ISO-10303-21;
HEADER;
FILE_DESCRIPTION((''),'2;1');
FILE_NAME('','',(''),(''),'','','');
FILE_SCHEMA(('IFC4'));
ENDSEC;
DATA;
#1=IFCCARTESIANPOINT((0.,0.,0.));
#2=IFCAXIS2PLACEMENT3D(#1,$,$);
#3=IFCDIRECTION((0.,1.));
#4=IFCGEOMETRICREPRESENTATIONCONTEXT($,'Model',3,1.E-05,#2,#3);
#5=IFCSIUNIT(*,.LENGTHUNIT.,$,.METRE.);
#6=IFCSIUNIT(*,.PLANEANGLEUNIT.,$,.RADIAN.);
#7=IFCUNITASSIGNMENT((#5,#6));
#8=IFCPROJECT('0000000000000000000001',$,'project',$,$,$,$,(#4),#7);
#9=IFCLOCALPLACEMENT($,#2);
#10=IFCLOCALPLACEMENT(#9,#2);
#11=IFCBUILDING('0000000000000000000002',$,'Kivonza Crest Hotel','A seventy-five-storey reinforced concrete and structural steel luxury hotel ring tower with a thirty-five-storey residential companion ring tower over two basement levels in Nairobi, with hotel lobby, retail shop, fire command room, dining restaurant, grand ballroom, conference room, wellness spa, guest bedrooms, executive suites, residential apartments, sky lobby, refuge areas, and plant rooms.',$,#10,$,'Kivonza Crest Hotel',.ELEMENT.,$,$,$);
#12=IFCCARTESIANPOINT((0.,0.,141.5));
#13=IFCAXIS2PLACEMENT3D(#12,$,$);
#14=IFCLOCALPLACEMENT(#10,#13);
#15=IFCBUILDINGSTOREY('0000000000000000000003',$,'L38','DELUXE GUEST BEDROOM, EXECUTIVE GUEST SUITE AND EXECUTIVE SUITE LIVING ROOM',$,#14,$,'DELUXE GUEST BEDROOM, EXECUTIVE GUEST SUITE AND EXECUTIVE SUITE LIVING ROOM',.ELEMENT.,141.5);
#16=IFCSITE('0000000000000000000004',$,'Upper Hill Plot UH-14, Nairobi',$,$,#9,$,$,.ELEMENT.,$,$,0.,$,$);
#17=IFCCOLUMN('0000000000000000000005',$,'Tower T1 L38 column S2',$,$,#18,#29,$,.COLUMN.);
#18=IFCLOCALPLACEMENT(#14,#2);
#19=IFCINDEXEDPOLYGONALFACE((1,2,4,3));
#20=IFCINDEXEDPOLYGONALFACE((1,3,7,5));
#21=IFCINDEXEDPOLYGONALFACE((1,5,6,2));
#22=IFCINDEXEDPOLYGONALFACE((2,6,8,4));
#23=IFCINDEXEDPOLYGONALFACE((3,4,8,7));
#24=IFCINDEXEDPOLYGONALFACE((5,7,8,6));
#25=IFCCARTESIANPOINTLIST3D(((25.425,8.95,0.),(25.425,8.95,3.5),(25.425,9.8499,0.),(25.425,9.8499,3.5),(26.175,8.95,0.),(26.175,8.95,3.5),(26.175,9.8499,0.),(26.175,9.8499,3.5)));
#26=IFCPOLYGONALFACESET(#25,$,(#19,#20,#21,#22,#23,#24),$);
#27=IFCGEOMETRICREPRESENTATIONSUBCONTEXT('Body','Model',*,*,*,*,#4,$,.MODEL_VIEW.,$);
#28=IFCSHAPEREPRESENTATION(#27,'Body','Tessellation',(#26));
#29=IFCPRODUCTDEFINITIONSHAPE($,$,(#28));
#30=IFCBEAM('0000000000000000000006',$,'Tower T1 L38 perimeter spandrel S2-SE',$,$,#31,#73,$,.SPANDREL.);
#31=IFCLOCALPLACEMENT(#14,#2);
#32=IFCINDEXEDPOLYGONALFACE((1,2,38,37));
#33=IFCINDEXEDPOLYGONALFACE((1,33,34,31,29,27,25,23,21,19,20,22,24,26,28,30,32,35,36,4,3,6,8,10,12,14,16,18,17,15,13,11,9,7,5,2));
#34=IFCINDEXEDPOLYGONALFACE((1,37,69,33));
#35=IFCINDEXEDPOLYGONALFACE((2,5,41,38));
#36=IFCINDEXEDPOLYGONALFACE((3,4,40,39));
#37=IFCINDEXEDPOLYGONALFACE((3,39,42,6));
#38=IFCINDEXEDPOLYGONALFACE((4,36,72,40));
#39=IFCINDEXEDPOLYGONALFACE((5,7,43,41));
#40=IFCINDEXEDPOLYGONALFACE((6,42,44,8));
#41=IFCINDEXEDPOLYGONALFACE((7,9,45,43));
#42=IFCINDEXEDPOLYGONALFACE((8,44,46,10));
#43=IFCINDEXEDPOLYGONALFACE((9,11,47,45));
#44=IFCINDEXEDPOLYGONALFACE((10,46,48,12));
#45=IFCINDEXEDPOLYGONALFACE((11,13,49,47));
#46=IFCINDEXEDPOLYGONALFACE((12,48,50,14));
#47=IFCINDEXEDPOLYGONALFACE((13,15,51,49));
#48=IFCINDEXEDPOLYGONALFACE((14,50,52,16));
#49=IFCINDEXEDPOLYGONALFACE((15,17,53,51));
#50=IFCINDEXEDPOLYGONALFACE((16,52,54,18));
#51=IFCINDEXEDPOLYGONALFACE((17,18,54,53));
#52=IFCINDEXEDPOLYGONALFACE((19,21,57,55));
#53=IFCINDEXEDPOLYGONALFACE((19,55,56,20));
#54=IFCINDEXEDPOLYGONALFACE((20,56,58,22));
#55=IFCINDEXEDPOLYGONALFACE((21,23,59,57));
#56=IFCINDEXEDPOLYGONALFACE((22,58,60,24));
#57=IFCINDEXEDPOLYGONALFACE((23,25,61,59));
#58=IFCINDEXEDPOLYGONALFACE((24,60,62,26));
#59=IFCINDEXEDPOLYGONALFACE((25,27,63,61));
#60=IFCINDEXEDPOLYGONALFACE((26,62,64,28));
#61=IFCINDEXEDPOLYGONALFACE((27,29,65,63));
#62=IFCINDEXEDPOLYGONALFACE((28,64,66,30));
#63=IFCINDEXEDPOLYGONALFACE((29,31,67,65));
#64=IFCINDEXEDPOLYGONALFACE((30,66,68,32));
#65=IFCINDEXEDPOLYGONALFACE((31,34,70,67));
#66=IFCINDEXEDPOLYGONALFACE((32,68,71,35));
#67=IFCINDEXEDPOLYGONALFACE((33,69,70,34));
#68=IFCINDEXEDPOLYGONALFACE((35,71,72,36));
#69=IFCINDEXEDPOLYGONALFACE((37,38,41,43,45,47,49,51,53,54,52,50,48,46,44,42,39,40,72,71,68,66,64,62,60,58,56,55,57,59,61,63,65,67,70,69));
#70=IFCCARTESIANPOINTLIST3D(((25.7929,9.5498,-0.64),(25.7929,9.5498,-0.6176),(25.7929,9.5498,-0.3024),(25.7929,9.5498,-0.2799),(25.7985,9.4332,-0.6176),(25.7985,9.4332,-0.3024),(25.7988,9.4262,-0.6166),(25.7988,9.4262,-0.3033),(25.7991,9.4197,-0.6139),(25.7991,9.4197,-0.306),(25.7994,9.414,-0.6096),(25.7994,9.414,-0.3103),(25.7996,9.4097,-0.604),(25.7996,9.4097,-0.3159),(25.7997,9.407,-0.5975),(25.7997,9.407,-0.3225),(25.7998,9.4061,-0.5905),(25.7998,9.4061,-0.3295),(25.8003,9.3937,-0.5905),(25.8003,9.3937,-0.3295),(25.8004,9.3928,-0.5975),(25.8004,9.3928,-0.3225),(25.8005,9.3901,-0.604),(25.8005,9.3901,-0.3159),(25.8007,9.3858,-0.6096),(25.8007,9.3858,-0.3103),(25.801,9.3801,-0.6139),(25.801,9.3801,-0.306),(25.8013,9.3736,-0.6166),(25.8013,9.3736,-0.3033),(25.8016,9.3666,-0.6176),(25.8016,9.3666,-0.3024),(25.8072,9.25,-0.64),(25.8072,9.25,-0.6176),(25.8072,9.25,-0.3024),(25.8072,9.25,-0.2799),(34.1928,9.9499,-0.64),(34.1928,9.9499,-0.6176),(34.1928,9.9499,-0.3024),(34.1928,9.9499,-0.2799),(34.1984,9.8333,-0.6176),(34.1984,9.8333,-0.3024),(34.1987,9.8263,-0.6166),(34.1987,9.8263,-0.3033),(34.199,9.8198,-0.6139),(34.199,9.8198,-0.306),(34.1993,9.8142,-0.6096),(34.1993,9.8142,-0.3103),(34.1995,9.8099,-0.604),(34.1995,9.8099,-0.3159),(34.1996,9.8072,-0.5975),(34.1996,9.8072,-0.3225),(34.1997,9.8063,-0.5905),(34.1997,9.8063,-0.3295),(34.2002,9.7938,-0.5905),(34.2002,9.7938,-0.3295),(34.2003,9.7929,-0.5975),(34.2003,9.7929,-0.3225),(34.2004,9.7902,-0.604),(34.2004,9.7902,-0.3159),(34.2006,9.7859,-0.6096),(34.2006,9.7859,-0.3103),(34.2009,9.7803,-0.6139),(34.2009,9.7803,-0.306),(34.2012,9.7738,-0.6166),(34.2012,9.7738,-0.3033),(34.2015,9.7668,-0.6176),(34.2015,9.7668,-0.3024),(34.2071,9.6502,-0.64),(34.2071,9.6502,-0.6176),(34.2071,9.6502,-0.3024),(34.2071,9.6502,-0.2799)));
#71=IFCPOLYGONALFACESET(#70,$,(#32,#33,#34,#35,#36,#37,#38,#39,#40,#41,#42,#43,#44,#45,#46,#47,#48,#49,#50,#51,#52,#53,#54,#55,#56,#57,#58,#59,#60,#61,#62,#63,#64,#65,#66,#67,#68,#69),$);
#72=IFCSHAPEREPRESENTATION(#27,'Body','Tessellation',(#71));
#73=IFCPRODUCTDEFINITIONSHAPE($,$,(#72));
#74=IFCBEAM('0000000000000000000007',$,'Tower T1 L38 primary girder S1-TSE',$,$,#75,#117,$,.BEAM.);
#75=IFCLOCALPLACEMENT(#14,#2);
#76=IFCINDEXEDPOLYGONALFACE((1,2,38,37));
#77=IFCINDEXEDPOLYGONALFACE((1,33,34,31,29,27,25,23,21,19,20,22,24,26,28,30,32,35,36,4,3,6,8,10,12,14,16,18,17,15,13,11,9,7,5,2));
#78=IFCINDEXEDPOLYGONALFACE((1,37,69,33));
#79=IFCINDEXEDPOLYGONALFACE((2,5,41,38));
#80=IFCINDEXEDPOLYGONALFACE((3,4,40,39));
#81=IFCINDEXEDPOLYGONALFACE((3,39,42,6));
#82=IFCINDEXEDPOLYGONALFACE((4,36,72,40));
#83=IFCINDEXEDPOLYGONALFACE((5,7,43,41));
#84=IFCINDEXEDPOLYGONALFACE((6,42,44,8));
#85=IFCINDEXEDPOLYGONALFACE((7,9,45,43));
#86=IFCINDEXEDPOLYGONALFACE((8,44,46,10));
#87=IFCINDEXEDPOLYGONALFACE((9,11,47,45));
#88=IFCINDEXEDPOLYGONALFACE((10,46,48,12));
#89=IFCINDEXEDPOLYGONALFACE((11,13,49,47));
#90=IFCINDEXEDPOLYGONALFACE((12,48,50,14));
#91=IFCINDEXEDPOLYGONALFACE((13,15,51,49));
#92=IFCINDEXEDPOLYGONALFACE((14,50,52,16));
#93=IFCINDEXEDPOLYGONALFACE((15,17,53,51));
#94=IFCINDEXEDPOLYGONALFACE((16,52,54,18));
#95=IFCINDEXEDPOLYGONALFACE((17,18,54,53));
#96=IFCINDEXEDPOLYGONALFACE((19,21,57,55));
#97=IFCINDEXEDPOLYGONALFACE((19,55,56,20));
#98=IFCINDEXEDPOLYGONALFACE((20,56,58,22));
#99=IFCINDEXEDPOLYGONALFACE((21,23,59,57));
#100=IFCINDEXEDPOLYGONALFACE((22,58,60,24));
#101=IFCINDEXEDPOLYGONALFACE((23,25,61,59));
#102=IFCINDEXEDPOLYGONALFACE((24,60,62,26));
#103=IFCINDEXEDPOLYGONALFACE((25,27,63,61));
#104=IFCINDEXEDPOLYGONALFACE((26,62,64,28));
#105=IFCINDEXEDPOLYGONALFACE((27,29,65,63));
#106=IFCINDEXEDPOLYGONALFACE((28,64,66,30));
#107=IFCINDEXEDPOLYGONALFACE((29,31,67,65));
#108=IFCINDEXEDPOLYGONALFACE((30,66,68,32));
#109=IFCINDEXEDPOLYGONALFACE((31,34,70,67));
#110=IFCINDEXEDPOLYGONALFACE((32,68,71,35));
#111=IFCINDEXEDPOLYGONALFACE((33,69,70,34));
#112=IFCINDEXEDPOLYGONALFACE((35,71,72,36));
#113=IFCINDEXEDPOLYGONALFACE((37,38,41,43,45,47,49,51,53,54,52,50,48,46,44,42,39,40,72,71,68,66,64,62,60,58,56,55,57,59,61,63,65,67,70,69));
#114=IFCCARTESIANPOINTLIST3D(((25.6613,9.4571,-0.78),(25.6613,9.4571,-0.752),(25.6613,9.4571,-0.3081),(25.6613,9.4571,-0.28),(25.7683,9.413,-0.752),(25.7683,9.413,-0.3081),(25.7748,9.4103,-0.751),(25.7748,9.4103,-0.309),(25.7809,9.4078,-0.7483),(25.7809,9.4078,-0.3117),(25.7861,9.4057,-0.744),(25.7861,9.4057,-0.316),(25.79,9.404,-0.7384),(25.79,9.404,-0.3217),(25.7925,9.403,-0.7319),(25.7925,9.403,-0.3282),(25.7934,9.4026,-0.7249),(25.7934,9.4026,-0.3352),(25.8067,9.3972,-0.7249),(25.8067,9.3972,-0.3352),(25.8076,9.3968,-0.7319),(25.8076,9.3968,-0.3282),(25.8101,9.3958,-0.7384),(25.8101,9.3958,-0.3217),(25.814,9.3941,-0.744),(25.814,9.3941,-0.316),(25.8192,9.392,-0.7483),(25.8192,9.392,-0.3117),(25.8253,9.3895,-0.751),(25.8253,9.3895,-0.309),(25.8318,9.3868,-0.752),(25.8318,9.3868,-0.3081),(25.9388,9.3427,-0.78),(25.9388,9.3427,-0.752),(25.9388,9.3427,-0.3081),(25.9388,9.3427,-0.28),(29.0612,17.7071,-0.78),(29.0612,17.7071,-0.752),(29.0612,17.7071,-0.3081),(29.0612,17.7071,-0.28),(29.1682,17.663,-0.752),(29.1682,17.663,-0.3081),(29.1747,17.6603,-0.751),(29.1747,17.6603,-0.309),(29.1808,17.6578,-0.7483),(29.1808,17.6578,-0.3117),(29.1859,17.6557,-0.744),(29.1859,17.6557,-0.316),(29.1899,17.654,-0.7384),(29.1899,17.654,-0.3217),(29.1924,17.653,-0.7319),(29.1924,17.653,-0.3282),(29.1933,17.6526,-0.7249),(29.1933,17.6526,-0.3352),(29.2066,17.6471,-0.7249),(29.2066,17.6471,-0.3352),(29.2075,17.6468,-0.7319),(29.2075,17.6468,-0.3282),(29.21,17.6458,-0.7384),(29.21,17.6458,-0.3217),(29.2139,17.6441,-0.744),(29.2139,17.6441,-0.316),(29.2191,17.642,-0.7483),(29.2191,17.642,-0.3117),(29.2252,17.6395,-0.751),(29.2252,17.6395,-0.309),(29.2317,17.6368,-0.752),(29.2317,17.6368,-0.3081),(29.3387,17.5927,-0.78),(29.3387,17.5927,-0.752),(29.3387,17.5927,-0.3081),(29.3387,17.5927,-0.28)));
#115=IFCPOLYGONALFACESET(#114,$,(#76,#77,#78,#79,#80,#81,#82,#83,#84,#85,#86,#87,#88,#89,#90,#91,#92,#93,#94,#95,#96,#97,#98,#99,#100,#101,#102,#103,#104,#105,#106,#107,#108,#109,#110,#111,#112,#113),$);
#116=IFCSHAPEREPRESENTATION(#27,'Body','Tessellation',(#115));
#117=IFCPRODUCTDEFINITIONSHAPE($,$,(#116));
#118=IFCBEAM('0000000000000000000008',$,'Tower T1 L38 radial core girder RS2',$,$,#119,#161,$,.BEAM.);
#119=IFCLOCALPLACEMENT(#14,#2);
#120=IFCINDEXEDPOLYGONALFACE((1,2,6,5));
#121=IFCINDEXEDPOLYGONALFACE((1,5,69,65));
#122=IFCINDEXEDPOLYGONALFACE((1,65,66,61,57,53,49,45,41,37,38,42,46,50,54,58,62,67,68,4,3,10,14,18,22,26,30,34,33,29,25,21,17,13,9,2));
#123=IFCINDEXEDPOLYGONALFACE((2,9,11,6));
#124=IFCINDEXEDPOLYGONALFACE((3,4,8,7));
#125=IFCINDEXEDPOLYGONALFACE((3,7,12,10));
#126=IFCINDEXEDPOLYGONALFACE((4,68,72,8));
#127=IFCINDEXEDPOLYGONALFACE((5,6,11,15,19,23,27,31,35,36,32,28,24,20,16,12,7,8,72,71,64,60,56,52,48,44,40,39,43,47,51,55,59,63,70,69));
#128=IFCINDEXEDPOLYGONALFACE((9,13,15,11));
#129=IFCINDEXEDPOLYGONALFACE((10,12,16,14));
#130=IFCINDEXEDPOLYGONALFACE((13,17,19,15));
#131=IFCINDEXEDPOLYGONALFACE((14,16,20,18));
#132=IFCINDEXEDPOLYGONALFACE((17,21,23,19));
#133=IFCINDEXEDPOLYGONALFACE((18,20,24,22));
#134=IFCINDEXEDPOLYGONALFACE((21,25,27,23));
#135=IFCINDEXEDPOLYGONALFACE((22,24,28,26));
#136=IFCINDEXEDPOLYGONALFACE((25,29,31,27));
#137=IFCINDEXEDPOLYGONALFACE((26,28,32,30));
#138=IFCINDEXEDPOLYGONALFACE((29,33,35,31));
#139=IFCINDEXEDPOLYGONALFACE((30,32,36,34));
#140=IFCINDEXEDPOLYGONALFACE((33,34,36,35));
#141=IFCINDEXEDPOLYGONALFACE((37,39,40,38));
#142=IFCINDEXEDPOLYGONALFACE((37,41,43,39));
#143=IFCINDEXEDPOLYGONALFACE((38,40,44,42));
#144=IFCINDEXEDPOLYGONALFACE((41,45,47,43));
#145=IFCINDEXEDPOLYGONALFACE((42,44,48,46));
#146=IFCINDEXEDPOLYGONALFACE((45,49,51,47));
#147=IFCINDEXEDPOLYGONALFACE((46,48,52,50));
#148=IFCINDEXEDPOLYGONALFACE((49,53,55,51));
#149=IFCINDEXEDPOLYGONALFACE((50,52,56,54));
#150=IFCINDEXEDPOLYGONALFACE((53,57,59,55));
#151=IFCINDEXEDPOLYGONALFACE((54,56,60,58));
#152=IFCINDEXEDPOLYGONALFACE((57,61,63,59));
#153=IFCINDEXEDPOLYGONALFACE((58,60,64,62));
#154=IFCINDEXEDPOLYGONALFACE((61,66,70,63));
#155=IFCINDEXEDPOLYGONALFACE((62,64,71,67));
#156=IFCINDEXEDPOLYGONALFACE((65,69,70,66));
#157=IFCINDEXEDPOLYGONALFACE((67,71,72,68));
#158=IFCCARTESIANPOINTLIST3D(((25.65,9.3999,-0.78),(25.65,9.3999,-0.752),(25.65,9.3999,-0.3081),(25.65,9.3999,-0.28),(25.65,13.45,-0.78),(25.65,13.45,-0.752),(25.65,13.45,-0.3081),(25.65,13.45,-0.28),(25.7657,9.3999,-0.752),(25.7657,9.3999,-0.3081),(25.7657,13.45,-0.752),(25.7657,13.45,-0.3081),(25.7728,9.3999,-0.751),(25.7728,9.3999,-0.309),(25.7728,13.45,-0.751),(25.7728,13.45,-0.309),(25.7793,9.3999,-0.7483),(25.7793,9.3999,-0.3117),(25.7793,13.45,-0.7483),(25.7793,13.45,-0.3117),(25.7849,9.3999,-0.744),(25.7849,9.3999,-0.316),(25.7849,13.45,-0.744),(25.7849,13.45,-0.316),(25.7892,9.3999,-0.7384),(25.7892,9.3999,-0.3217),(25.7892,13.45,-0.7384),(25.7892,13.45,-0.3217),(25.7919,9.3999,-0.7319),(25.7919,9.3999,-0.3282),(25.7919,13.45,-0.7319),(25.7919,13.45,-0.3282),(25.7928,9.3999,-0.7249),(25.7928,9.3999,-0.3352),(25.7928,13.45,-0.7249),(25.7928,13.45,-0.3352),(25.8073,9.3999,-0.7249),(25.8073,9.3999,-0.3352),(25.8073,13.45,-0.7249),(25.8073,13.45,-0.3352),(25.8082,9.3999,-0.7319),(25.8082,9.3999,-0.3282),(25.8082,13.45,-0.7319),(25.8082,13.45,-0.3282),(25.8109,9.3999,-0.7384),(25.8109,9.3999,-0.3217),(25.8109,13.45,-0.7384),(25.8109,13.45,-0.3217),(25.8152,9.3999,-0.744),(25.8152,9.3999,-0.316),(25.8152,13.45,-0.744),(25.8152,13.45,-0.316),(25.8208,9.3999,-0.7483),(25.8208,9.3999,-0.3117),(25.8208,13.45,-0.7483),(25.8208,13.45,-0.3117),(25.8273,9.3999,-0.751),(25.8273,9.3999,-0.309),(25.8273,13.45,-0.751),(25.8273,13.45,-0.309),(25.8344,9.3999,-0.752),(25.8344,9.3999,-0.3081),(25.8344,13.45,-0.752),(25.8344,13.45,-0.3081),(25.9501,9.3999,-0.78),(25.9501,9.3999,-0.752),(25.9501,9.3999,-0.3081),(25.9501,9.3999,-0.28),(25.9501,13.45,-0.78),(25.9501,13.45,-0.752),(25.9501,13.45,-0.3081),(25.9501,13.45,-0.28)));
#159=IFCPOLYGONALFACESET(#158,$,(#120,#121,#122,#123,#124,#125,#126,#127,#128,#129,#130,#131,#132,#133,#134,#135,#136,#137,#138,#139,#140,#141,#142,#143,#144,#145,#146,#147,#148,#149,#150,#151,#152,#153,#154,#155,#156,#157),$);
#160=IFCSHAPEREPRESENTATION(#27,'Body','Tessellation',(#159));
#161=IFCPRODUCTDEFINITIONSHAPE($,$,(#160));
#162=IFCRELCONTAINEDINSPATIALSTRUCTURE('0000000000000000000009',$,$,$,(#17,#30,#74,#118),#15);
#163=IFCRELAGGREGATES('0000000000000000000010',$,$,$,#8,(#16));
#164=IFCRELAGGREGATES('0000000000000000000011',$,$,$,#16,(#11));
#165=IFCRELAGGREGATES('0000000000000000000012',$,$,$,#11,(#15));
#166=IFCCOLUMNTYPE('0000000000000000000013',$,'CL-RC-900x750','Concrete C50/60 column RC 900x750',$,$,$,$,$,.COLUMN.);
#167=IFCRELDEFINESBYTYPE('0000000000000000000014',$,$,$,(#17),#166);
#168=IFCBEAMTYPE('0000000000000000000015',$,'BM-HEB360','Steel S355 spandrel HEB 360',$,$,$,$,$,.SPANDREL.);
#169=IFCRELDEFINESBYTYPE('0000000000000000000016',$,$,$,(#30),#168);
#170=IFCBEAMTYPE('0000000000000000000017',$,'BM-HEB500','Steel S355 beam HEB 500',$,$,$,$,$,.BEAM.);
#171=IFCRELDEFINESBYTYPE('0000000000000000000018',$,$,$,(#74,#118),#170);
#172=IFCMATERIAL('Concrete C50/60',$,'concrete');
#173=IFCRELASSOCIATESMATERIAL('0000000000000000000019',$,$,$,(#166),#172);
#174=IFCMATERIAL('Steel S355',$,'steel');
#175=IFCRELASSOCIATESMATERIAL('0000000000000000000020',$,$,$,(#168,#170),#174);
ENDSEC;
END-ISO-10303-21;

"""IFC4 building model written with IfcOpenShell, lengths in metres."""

from ifc_helpers import new_model, si_unit, direction, frame, origin, origin_2d, place, context, subcontext, project, spatial, rectangle, i_section, extrude, material, material_profile, profile_set, type_object, element, save


model = new_model("IFC4")

# Units and contexts
model_context = context("Model", 3, precision=1e-05, world=origin(), true_north=direction((0.0, 1.0)))
body_context = subcontext(model_context, "Body", "Model", "MODEL_VIEW")
ifc_project = project(units=[si_unit("LENGTHUNIT", "METRE"), si_unit("PLANEANGLEUNIT", "RADIAN")], contexts=[model_context])

# Site, building, storey
site_placement = place(None, origin())
site = spatial("IfcSite", under=ifc_project, at=site_placement, Name="Upper Hill Plot UH-14, Nairobi", CompositionType="ELEMENT", RefElevation=0.0)
building_placement = place(site_placement, origin())
building = spatial("IfcBuilding", under=site, at=building_placement, Name="Kivonza Crest Hotel", Description="A seventy-five-storey reinforced concrete and structural steel luxury hotel ring tower with a thirty-five-storey residential companion ring tower over two basement levels in Nairobi, with hotel lobby, retail shop, fire command room, dining restaurant, grand ballroom, conference room, wellness spa, guest bedrooms, executive suites, residential apartments, sky lobby, refuge areas, and plant rooms.", LongName="Kivonza Crest Hotel", CompositionType="ELEMENT")
storey_placement = place(building_placement, frame((0.0, 0.0, 141.5)))
storey = spatial("IfcBuildingStorey", under=building, at=storey_placement, Name="L38", Description="DELUXE GUEST BEDROOM, EXECUTIVE GUEST SUITE AND EXECUTIVE SUITE LIVING ROOM", LongName="DELUXE GUEST BEDROOM, EXECUTIVE GUEST SUITE AND EXECUTIVE SUITE LIVING ROOM", CompositionType="ELEMENT", Elevation=141.5)

# Column
ifc_material_1 = material(Name="Concrete C50/60", Category="concrete")
ifc_material_profile_1 = material_profile(ifc_material_1, rectangle(XDim=0.75, YDim=0.8999, at=origin_2d()), Name="RC 900x750")
ifc_profile_set_1 = profile_set([ifc_material_profile_1], Name="Concrete C50/60")
column_type = type_object("IfcColumnType", Name="CL-RC-900x750", Description="Concrete C50/60 column RC 900x750", PredefinedType="COLUMN", material=ifc_profile_set_1)
column_placement = place(storey_placement, frame((25.8, 9.3999, 0.0), z_axis=(0.0, 0.0, 1.0), x_axis=(1.0, 0.0, 0.0)))
element("IfcColumn", 1, at=column_placement, inside=storey, type_object=column_type, Name="Tower T1 L38 column S2", PredefinedType="COLUMN", context=body_context, shape_type="SweptSolid", body=[
    extrude(rectangle(XDim=0.75, YDim=0.8999, at=origin_2d()), origin(), (0.0, 0.0, 1.0), 3.5),
])

# Beams
ifc_material_2 = material(Name="Steel S355", Category="steel")
ifc_material_profile_2 = material_profile(ifc_material_2, i_section(OverallWidth=0.3, OverallDepth=0.3601, WebThickness=0.0125, FlangeThickness=0.0225, FilletRadius=0.0271, at=origin_2d()), Name="HEB 360")
ifc_profile_set_2 = profile_set([ifc_material_profile_2], Name="Steel S355")
beam_type_1 = type_object("IfcBeamType", Name="BM-HEB360", Description="Steel S355 spandrel HEB 360", PredefinedType="SPANDREL", material=ifc_profile_set_2)
beam_1_placement = place(storey_placement, frame((25.8, 9.3999, -0.46), z_axis=(0.998867, 0.047583, 0.0), x_axis=(-0.047583, 0.998867, 0.0)))
element("IfcBeam", 2, at=beam_1_placement, inside=storey, type_object=beam_type_1, Name="Tower T1 L38 perimeter spandrel S2-SE", PredefinedType="SPANDREL", context=body_context, shape_type="SweptSolid", body=[
    extrude(i_section(OverallWidth=0.3, OverallDepth=0.3601, WebThickness=0.0125, FlangeThickness=0.0225, FilletRadius=0.0271, at=origin_2d()), origin(), (0.0, 0.0, 1.0), 8.4094),
])
ifc_material_profile_3 = material_profile(ifc_material_2, i_section(OverallWidth=0.3, OverallDepth=0.5, WebThickness=0.0144, FlangeThickness=0.0281, FilletRadius=0.0271, at=origin_2d()), Name="HEB 500")
ifc_profile_set_3 = profile_set([ifc_material_profile_3], Name="Steel S355")
beam_type_2 = type_object("IfcBeamType", Name="BM-HEB500", Description="Steel S355 beam HEB 500", PredefinedType="BEAM", material=ifc_profile_set_3)
beam_2_placement = place(storey_placement, frame((25.8, 9.3999, -0.53), z_axis=(0.381022, 0.924566, 0.0), x_axis=(-0.924566, 0.381022, 0.0)))
element("IfcBeam", 3, at=beam_2_placement, inside=storey, type_object=beam_type_2, Name="Tower T1 L38 primary girder S1-TSE", PredefinedType="BEAM", context=body_context, shape_type="SweptSolid", body=[
    extrude(i_section(OverallWidth=0.3, OverallDepth=0.5, WebThickness=0.0144, FlangeThickness=0.0281, FilletRadius=0.0271, at=origin_2d()), origin(), (0.0, 0.0, 1.0), 8.9231),
])
beam_3_placement = place(storey_placement, frame((25.8, 9.3999, -0.53), z_axis=(0.0, 1.0, 0.0), x_axis=(-1.0, 0.0, 0.0)))
element("IfcBeam", 4, at=beam_3_placement, inside=storey, type_object=beam_type_2, Name="Tower T1 L38 radial core girder RS2", PredefinedType="BEAM", context=body_context, shape_type="SweptSolid", body=[
    extrude(i_section(OverallWidth=0.3, OverallDepth=0.5, WebThickness=0.0144, FlangeThickness=0.0281, FilletRadius=0.0271, at=origin_2d()), origin(), (0.0, 0.0, 1.0), 4.05),
])

save(model, "model.ifc")
